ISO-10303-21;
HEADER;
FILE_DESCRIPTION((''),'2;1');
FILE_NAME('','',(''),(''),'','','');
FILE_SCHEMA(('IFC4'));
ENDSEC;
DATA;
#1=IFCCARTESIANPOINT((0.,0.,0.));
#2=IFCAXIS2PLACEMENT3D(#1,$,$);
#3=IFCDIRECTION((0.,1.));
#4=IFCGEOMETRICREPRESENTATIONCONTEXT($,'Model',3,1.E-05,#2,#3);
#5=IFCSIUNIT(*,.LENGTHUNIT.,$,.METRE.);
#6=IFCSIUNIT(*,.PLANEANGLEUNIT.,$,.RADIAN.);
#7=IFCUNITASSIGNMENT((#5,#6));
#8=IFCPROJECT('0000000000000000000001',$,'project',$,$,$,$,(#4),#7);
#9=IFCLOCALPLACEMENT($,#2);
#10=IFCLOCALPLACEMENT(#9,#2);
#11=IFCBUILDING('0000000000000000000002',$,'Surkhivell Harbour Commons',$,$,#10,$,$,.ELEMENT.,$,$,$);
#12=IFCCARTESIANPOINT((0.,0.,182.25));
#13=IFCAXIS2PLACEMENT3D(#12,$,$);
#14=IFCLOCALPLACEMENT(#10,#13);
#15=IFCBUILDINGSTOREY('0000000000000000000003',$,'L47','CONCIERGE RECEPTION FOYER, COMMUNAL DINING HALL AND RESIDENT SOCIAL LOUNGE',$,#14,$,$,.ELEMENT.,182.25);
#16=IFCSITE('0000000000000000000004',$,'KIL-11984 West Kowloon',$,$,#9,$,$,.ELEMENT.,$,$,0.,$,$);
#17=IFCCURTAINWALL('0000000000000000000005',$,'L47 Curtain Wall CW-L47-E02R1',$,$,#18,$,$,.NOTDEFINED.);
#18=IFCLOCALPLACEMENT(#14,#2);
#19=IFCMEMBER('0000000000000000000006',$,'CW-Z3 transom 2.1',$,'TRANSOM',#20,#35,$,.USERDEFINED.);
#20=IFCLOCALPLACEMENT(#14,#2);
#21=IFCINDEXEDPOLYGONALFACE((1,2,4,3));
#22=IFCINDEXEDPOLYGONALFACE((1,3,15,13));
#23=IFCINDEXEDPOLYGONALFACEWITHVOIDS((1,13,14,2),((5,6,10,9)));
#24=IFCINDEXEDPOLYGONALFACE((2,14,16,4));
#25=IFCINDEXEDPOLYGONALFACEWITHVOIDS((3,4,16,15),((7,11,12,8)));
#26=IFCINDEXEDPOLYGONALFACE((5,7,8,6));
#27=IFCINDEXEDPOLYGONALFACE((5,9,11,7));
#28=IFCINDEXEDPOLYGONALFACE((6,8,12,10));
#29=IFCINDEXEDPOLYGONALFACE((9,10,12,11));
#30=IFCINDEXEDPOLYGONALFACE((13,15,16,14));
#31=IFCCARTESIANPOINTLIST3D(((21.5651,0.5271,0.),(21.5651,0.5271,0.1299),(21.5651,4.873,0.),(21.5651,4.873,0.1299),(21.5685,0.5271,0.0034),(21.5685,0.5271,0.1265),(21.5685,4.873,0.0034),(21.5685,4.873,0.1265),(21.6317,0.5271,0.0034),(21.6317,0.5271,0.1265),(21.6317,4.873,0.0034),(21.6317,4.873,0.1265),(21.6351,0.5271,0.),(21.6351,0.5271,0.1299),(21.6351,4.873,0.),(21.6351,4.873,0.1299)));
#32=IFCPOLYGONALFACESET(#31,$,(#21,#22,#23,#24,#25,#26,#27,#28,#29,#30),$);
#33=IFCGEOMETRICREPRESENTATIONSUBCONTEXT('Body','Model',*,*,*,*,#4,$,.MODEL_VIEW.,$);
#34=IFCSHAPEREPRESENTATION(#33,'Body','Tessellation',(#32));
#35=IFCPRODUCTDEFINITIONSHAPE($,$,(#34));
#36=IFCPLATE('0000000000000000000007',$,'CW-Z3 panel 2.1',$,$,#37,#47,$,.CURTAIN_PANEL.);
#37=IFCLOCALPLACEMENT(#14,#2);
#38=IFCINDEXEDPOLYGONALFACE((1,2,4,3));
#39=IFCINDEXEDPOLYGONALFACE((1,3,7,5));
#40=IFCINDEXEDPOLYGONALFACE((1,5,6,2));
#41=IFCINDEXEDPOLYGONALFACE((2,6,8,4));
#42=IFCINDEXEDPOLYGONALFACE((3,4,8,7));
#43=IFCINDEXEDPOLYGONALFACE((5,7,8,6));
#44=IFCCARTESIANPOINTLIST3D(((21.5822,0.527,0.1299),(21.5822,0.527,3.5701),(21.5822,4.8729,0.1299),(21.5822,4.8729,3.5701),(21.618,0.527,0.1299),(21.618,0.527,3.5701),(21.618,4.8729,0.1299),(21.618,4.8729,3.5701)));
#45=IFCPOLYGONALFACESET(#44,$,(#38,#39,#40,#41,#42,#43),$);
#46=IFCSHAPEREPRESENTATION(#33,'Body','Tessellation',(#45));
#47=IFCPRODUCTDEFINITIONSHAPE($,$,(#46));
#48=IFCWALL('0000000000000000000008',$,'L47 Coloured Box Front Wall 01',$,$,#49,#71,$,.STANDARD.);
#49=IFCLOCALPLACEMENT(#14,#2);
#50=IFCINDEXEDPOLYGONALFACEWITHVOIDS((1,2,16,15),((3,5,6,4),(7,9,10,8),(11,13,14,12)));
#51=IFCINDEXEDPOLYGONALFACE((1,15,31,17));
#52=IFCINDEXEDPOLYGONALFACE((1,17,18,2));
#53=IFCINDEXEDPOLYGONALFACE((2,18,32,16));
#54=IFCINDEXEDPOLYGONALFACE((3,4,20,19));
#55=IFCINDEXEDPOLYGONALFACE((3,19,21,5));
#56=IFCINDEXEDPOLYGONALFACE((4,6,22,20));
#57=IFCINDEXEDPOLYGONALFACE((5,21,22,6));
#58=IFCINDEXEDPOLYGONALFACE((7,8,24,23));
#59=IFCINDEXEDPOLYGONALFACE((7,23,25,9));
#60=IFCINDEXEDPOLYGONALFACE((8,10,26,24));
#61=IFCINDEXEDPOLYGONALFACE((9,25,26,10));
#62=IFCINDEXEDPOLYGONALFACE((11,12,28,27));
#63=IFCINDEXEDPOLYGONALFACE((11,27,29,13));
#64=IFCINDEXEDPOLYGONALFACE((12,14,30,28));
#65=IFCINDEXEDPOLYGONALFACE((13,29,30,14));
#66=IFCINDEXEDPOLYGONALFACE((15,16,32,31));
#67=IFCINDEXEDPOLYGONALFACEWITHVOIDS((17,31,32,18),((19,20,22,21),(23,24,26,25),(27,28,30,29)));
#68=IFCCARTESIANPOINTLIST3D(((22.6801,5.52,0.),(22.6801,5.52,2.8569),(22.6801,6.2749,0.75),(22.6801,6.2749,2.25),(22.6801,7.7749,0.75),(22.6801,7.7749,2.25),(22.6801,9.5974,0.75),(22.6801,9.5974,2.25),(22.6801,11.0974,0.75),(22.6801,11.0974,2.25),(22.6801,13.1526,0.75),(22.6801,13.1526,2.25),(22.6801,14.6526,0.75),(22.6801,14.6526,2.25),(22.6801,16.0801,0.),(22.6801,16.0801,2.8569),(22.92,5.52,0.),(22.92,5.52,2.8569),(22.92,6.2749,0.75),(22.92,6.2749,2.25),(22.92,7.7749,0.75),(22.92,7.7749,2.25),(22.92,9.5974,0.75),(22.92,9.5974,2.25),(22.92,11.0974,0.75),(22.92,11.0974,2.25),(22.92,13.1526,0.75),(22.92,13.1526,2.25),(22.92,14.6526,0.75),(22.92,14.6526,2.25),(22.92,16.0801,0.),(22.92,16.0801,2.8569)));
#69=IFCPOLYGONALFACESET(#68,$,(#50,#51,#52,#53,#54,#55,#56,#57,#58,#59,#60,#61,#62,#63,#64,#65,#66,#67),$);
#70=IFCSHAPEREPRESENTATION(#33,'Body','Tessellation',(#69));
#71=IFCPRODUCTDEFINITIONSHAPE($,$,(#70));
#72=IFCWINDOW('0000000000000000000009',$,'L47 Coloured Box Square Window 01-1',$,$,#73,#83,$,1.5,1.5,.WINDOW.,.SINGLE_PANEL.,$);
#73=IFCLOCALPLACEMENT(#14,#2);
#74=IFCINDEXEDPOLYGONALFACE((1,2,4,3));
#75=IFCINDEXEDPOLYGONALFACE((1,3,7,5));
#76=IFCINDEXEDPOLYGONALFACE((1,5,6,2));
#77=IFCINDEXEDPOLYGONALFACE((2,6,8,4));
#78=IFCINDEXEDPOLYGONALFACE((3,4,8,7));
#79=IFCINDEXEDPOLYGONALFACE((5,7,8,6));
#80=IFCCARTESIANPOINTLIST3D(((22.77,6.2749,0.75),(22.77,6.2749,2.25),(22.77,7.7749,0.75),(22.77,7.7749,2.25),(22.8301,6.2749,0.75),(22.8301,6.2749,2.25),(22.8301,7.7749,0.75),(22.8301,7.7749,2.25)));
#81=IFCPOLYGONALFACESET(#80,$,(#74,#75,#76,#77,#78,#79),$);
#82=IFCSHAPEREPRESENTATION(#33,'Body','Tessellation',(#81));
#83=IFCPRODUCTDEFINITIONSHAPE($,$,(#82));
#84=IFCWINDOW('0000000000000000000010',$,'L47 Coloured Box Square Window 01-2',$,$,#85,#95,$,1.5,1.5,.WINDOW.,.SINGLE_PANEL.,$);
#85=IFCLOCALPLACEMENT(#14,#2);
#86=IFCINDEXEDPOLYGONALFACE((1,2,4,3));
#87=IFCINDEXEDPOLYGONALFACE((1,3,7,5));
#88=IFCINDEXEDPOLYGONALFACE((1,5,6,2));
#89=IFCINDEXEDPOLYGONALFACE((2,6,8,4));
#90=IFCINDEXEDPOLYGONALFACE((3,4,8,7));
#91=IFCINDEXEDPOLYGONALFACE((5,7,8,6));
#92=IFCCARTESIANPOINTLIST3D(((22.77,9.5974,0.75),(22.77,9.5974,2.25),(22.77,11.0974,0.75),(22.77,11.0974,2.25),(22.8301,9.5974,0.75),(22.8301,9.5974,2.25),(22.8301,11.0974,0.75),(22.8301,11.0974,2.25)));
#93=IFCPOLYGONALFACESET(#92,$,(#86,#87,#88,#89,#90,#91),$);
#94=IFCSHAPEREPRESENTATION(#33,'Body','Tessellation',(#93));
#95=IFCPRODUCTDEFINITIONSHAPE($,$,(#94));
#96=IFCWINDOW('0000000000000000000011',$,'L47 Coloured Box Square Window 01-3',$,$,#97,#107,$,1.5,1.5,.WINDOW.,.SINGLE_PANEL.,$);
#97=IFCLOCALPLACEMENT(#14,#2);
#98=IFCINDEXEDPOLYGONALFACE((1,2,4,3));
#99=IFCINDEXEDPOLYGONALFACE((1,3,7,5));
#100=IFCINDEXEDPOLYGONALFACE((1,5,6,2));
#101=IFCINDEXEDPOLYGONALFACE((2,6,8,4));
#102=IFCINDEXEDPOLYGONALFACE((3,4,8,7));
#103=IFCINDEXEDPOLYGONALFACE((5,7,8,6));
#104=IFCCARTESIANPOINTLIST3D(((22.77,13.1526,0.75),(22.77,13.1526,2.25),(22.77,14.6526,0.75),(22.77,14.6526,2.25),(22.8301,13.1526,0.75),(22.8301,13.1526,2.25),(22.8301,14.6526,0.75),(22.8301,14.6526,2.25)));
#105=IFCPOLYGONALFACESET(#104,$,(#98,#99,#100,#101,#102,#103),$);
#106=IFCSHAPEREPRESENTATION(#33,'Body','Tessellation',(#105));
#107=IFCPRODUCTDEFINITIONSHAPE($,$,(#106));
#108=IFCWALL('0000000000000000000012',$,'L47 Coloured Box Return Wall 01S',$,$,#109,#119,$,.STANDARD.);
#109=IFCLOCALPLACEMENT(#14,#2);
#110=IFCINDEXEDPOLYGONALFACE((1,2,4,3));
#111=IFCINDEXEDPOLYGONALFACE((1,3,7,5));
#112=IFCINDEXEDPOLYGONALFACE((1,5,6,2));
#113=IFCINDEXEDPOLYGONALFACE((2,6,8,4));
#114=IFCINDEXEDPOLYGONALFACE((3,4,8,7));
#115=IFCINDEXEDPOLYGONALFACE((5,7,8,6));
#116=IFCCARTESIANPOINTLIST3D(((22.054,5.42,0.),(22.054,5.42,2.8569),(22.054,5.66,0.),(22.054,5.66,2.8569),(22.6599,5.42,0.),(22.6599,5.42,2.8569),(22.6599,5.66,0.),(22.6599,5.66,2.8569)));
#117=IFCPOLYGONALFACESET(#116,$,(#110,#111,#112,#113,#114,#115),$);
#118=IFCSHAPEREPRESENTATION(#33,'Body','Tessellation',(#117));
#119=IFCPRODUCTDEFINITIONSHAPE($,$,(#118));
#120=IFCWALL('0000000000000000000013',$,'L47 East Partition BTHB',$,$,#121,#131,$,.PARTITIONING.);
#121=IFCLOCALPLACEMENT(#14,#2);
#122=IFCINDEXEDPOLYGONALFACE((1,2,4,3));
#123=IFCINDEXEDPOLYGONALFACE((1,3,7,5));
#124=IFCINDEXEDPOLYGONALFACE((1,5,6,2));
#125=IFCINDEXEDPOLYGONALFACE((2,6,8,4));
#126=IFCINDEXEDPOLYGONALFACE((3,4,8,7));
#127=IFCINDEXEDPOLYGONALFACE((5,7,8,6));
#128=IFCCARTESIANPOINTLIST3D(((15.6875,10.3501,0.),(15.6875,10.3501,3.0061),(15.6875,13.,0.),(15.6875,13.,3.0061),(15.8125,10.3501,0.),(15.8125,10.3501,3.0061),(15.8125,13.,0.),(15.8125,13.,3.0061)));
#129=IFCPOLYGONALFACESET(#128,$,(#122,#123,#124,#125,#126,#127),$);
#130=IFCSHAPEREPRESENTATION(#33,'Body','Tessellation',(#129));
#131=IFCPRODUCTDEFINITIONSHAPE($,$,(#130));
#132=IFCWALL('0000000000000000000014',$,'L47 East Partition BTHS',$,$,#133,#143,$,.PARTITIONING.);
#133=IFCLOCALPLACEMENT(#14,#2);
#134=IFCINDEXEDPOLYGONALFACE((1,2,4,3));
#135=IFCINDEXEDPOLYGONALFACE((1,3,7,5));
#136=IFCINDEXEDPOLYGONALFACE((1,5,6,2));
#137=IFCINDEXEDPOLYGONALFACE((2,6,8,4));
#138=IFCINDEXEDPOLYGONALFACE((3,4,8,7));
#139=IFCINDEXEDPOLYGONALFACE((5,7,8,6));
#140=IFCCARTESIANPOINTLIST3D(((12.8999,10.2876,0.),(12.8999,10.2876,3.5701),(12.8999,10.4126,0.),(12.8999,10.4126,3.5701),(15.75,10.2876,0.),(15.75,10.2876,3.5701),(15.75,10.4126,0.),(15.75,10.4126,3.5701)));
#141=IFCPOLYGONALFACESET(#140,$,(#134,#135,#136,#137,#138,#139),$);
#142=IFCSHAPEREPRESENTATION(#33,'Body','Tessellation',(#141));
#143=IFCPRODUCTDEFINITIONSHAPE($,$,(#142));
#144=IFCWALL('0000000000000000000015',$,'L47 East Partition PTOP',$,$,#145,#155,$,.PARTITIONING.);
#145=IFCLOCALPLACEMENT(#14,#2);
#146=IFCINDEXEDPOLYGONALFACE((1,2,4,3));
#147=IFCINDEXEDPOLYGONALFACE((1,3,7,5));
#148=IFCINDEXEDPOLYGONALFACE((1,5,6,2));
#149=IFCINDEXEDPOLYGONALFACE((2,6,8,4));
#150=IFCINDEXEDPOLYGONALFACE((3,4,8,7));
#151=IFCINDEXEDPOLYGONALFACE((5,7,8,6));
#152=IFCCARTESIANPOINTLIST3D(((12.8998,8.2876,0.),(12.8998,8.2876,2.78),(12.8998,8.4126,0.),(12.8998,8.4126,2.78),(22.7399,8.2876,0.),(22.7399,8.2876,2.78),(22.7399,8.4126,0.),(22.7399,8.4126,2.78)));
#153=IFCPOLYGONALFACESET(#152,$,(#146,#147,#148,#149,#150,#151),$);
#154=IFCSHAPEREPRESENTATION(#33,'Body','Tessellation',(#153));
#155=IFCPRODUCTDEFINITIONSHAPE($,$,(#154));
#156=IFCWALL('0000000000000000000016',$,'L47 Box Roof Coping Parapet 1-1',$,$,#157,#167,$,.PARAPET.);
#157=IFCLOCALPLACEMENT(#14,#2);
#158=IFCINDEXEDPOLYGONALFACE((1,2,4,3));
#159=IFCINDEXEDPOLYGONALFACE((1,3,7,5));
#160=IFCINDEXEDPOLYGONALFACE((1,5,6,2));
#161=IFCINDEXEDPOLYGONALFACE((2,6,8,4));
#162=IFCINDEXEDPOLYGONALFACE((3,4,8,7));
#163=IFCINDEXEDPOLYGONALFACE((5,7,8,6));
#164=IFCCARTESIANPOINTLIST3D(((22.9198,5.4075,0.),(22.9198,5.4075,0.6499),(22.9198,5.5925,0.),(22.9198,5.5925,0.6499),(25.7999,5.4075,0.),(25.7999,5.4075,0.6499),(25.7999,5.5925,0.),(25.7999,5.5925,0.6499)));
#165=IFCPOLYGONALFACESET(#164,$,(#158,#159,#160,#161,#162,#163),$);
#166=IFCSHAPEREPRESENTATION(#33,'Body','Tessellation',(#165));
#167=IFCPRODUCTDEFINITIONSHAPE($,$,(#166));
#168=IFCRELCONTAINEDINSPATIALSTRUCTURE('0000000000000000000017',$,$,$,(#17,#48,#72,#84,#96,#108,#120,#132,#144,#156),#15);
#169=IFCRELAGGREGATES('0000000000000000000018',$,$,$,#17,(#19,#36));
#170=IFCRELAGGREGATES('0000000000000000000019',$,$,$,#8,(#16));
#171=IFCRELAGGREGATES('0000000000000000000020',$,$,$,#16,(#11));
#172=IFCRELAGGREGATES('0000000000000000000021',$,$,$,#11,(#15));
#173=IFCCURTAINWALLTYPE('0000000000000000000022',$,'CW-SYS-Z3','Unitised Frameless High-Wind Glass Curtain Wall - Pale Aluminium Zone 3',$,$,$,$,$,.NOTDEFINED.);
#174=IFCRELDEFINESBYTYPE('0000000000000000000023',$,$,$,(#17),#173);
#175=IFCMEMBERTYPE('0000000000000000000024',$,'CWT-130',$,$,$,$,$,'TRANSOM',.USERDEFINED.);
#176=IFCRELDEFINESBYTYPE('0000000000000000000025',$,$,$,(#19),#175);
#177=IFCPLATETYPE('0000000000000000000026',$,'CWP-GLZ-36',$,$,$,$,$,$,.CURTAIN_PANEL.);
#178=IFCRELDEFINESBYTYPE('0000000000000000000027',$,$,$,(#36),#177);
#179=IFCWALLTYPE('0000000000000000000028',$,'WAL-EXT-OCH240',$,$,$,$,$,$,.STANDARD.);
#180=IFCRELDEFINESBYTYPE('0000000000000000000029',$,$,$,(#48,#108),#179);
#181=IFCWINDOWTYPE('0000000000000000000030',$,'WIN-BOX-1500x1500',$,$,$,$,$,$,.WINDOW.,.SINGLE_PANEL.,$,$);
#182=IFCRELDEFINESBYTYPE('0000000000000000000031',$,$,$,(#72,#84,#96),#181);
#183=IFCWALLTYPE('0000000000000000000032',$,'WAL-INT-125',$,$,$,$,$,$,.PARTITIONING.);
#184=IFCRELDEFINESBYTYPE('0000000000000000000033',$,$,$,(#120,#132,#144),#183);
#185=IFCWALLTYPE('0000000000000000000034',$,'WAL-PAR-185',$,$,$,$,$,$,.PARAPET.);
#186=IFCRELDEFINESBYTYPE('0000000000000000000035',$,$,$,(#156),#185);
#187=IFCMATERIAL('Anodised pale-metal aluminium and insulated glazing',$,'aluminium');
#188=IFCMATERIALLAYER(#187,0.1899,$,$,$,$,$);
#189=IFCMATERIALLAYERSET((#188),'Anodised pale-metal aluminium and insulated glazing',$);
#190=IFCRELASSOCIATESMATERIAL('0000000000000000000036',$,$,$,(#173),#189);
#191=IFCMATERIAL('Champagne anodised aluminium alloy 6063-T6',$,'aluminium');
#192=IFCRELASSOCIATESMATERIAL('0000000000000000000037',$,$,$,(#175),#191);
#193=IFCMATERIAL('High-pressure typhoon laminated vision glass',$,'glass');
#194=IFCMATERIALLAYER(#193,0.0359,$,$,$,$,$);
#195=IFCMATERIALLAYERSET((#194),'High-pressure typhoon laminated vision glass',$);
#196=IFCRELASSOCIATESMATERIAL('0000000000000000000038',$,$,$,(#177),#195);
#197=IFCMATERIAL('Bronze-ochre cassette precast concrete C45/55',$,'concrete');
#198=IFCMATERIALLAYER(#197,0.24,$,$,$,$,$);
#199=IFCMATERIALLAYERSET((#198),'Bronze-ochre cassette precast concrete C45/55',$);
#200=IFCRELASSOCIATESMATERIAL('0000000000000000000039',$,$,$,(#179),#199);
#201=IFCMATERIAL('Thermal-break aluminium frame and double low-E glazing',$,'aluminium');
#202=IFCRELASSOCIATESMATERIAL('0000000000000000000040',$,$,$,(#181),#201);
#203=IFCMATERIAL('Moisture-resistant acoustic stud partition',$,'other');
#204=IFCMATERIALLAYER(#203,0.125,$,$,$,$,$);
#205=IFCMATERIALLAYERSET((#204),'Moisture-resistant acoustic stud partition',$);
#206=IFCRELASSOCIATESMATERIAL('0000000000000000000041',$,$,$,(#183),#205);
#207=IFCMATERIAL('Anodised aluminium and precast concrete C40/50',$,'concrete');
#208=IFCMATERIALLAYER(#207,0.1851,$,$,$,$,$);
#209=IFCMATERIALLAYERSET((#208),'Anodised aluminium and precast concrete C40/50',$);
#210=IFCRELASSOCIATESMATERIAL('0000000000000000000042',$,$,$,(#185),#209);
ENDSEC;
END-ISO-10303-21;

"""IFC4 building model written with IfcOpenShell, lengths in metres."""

from ifc_helpers import new_model, si_unit, direction, frame, frame_2d, origin, origin_2d, place, context, subcontext, project, spatial, rectangle, hollow_rectangle, extrude, material, layer, layer_set, material_profile, profile_set, type_object, element, fill, aggregate, save


model = new_model("IFC4")

# Units and contexts
model_context = context("Model", 3, precision=1e-05, world=origin(), true_north=direction((0.0, 1.0)))
body_context = subcontext(model_context, "Body", "Model", "MODEL_VIEW")
ifc_project = project(units=[si_unit("LENGTHUNIT", "METRE"), si_unit("PLANEANGLEUNIT", "RADIAN")], contexts=[model_context])

# Site, building, storey
site_placement = place(None, origin())
site = spatial("IfcSite", under=ifc_project, at=site_placement, Name="KIL-11984 West Kowloon", CompositionType="ELEMENT", RefElevation=0.0)
building_placement = place(site_placement, origin())
building = spatial("IfcBuilding", under=site, at=building_placement, Name="Surkhivell Harbour Commons", CompositionType="ELEMENT")
storey_placement = place(building_placement, frame((0.0, 0.0, 182.25)))
storey = spatial("IfcBuildingStorey", under=building, at=storey_placement, Name="L47", Description="CONCIERGE RECEPTION FOYER, COMMUNAL DINING HALL AND RESIDENT SOCIAL LOUNGE", CompositionType="ELEMENT", Elevation=182.25)

# Curtain wall, member, plate
ifc_material_1 = material(Name="Anodised pale-metal aluminium and insulated glazing", Category="aluminium")
ifc_layer_1 = layer(ifc_material_1, 0.1899)
ifc_layer_set_1 = layer_set([ifc_layer_1], Name="Anodised pale-metal aluminium and insulated glazing")
curtain_wall_type = type_object("IfcCurtainWallType", Name="CW-SYS-Z3", Description="Unitised Frameless High-Wind Glass Curtain Wall - Pale Aluminium Zone 3", PredefinedType="NOTDEFINED", material=ifc_layer_set_1)
curtain_wall_placement = place(storey_placement, origin())
curtain_wall = element("IfcCurtainWall", 1, at=curtain_wall_placement, inside=storey, type_object=curtain_wall_type, Name="L47 Curtain Wall CW-L47-E02R1", PredefinedType="NOTDEFINED")
ifc_material_2 = material(Name="Champagne anodised aluminium alloy 6063-T6", Category="aluminium")
ifc_material_profile_1 = material_profile(ifc_material_2, hollow_rectangle(XDim=0.0701, YDim=0.1299, WallThickness=0.0034, at=origin_2d()), Name="ALU-TRAN-70x130")
ifc_profile_set_1 = profile_set([ifc_material_profile_1], Name="Champagne anodised aluminium alloy 6063-T6")
member_type_1 = type_object("IfcMemberType", Name="CWT-130", ElementType="TRANSOM", PredefinedType="USERDEFINED", material=ifc_profile_set_1)
member_1_placement = place(storey_placement, frame((21.6001, 0.5271, 0.0649), z_axis=(0.0, 1.0, 0.0), x_axis=(-1.0, 0.0, 0.0)))
member_1 = element("IfcMember", 2, at=member_1_placement, type_object=member_type_1, Name="CW-Z3 transom 2.1", ObjectType="TRANSOM", PredefinedType="USERDEFINED", context=body_context, shape_type="SweptSolid", body=[
    extrude(hollow_rectangle(XDim=0.0701, YDim=0.1299, WallThickness=0.0034, at=origin_2d()), origin(), (0.0, 0.0, 1.0), 4.3459),
])
ifc_material_3 = material(Name="High-pressure typhoon laminated vision glass", Category="glass")
ifc_layer_2 = layer(ifc_material_3, 0.0359)
ifc_layer_set_2 = layer_set([ifc_layer_2], Name="High-pressure typhoon laminated vision glass")
plate_type = type_object("IfcPlateType", Name="CWP-GLZ-36", PredefinedType="CURTAIN_PANEL", material=ifc_layer_set_2)
plate_placement = place(storey_placement, frame((21.6001, 0.5271, 0.1299), z_axis=(0.0, 0.0, 1.0), x_axis=(0.0, 1.0, 0.0)))
plate = element("IfcPlate", 3, at=plate_placement, type_object=plate_type, Name="CW-Z3 panel 2.1", PredefinedType="CURTAIN_PANEL", context=body_context, shape_type="SweptSolid", body=[
    extrude(rectangle(XDim=4.3459, YDim=0.0359, at=frame_2d((2.1729, 0.0))), origin(), (0.0, 0.0, 1.0), 3.4402),
])
aggregate(curtain_wall, [member_1, plate])

# Wall, openings, windows
ifc_material_4 = material(Name="Bronze-ochre cassette precast concrete C45/55", Category="concrete")
ifc_layer_3 = layer(ifc_material_4, 0.24)
ifc_layer_set_3 = layer_set([ifc_layer_3], Name="Bronze-ochre cassette precast concrete C45/55")
wall_type_1 = type_object("IfcWallType", Name="WAL-EXT-OCH240", PredefinedType="STANDARD", material=ifc_layer_set_3)
wall_1_placement = place(storey_placement, frame((22.8, 5.52, 0.0), z_axis=(0.0, 0.0, 1.0), x_axis=(0.0, 1.0, 0.0)))
wall_1 = element("IfcWall", 4, at=wall_1_placement, inside=storey, type_object=wall_type_1, Name="L47 Coloured Box Front Wall 01", PredefinedType="STANDARD", context=body_context, shape_type="SweptSolid", body=[
    extrude(rectangle(XDim=10.5601, YDim=0.24, at=frame_2d((5.28, 0.0))), origin(), (0.0, 0.0, 1.0), 2.8569),
])
opening_1_placement = place(wall_1_placement, frame((0.7549, 0.0, 0.75)))
opening_1 = element("IfcOpeningElement", 5, at=opening_1_placement, cuts=wall_1, PredefinedType="OPENING", context=body_context, shape_type="SweptSolid", body=[
    extrude(rectangle(XDim=1.5, YDim=1.5, at=frame_2d((0.75, 0.75))), frame((0.0, 0.1299, 0.0), z_axis=(0.0, -1.0, 0.0), x_axis=(1.0, 0.0, 0.0)), (0.0, 0.0, 1.0), 0.26),
])
opening_2_placement = place(wall_1_placement, frame((4.0774, 0.0, 0.75)))
opening_2 = element("IfcOpeningElement", 6, at=opening_2_placement, cuts=wall_1, PredefinedType="OPENING", context=body_context, shape_type="SweptSolid", body=[
    extrude(rectangle(XDim=1.5, YDim=1.5, at=frame_2d((0.75, 0.75))), frame((0.0, 0.1299, 0.0), z_axis=(0.0, -1.0, 0.0), x_axis=(1.0, 0.0, 0.0)), (0.0, 0.0, 1.0), 0.26),
])
opening_3_placement = place(wall_1_placement, frame((7.6326, 0.0, 0.75)))
opening_3 = element("IfcOpeningElement", 7, at=opening_3_placement, cuts=wall_1, PredefinedType="OPENING", context=body_context, shape_type="SweptSolid", body=[
    extrude(rectangle(XDim=1.5, YDim=1.5, at=frame_2d((0.75, 0.75))), frame((0.0, 0.1299, 0.0), z_axis=(0.0, -1.0, 0.0), x_axis=(1.0, 0.0, 0.0)), (0.0, 0.0, 1.0), 0.26),
])
ifc_material_5 = material(Name="Thermal-break aluminium frame and double low-E glazing", Category="aluminium")
window_type = type_object("IfcWindowType", Name="WIN-BOX-1500x1500", PartitioningType="SINGLE_PANEL", PredefinedType="WINDOW", material=ifc_material_5)
window_1_placement = place(opening_1_placement, origin())
window_1 = element("IfcWindow", 8, at=window_1_placement, inside=storey, type_object=window_type, Name="L47 Coloured Box Square Window 01-1", OverallHeight=1.5, OverallWidth=1.5, PartitioningType="SINGLE_PANEL", PredefinedType="WINDOW", context=body_context, shape_type="SweptSolid", body=[
    extrude(rectangle(XDim=1.5, YDim=1.5, at=frame_2d((0.75, 0.75))), frame((0.0, 0.03, 0.0), z_axis=(0.0, -1.0, 0.0), x_axis=(1.0, 0.0, 0.0)), (0.0, 0.0, 1.0), 0.0601),
])
fill(opening_1, window_1)
window_2_placement = place(opening_2_placement, origin())
window_2 = element("IfcWindow", 9, at=window_2_placement, inside=storey, type_object=window_type, Name="L47 Coloured Box Square Window 01-2", OverallHeight=1.5, OverallWidth=1.5, PartitioningType="SINGLE_PANEL", PredefinedType="WINDOW", context=body_context, shape_type="SweptSolid", body=[
    extrude(rectangle(XDim=1.5, YDim=1.5, at=frame_2d((0.75, 0.75))), frame((0.0, 0.03, 0.0), z_axis=(0.0, -1.0, 0.0), x_axis=(1.0, 0.0, 0.0)), (0.0, 0.0, 1.0), 0.0601),
])
fill(opening_2, window_2)
window_3_placement = place(opening_3_placement, origin())
window_3 = element("IfcWindow", 10, at=window_3_placement, inside=storey, type_object=window_type, Name="L47 Coloured Box Square Window 01-3", OverallHeight=1.5, OverallWidth=1.5, PartitioningType="SINGLE_PANEL", PredefinedType="WINDOW", context=body_context, shape_type="SweptSolid", body=[
    extrude(rectangle(XDim=1.5, YDim=1.5, at=frame_2d((0.75, 0.75))), frame((0.0, 0.03, 0.0), z_axis=(0.0, -1.0, 0.0), x_axis=(1.0, 0.0, 0.0)), (0.0, 0.0, 1.0), 0.0601),
])
fill(opening_3, window_3)

# Walls
wall_2_placement = place(storey_placement, frame((22.054, 5.54, 0.0), z_axis=(0.0, 0.0, 1.0), x_axis=(1.0, 0.0, 0.0)))
element("IfcWall", 11, at=wall_2_placement, inside=storey, type_object=wall_type_1, Name="L47 Coloured Box Return Wall 01S", PredefinedType="STANDARD", context=body_context, shape_type="SweptSolid", body=[
    extrude(rectangle(XDim=0.606, YDim=0.24, at=frame_2d((0.303, 0.0))), origin(), (0.0, 0.0, 1.0), 2.8569),
])
ifc_material_6 = material(Name="Moisture-resistant acoustic stud partition", Category="other")
ifc_layer_4 = layer(ifc_material_6, 0.125)
ifc_layer_set_4 = layer_set([ifc_layer_4], Name="Moisture-resistant acoustic stud partition")
wall_type_2 = type_object("IfcWallType", Name="WAL-INT-125", PredefinedType="PARTITIONING", material=ifc_layer_set_4)
wall_3_placement = place(storey_placement, frame((15.75, 10.3501, 0.0), z_axis=(0.0, 0.0, 1.0), x_axis=(0.0, 1.0, 0.0)))
element("IfcWall", 12, at=wall_3_placement, inside=storey, type_object=wall_type_2, Name="L47 East Partition BTHB", PredefinedType="PARTITIONING", context=body_context, shape_type="SweptSolid", body=[
    extrude(rectangle(XDim=2.6499, YDim=0.125, at=frame_2d((1.325, 0.0))), origin(), (0.0, 0.0, 1.0), 3.0061),
])
wall_4_placement = place(storey_placement, frame((12.8999, 10.3501, 0.0), z_axis=(0.0, 0.0, 1.0), x_axis=(1.0, 0.0, 0.0)))
element("IfcWall", 13, at=wall_4_placement, inside=storey, type_object=wall_type_2, Name="L47 East Partition BTHS", PredefinedType="PARTITIONING", context=body_context, shape_type="SweptSolid", body=[
    extrude(rectangle(XDim=2.8501, YDim=0.125, at=frame_2d((1.425, 0.0))), origin(), (0.0, 0.0, 1.0), 3.5701),
])
wall_5_placement = place(storey_placement, frame((12.8999, 8.3501, 0.0), z_axis=(0.0, 0.0, 1.0), x_axis=(1.0, 0.0, 0.0)))
element("IfcWall", 14, at=wall_5_placement, inside=storey, type_object=wall_type_2, Name="L47 East Partition PTOP", PredefinedType="PARTITIONING", context=body_context, shape_type="SweptSolid", body=[
    extrude(rectangle(XDim=9.8401, YDim=0.125, at=frame_2d((4.9199, 0.0))), origin(), (0.0, 0.0, 1.0), 2.78),
])
ifc_material_7 = material(Name="Anodised aluminium and precast concrete C40/50", Category="concrete")
ifc_layer_5 = layer(ifc_material_7, 0.1851)
ifc_layer_set_5 = layer_set([ifc_layer_5], Name="Anodised aluminium and precast concrete C40/50")
wall_type_3 = type_object("IfcWallType", Name="WAL-PAR-185", PredefinedType="PARAPET", material=ifc_layer_set_5)
wall_6_placement = place(storey_placement, frame((22.9199, 5.5, 0.0), z_axis=(0.0, 0.0, 1.0), x_axis=(1.0, 0.0, 0.0)))
element("IfcWall", 15, at=wall_6_placement, inside=storey, type_object=wall_type_3, Name="L47 Box Roof Coping Parapet 1-1", PredefinedType="PARAPET", context=body_context, shape_type="SweptSolid", body=[
    extrude(rectangle(XDim=2.8801, YDim=0.1851, at=frame_2d((1.4399, 0.0))), origin(), (0.0, 0.0, 1.0), 0.6499),
])

save(model, "model.ifc")
